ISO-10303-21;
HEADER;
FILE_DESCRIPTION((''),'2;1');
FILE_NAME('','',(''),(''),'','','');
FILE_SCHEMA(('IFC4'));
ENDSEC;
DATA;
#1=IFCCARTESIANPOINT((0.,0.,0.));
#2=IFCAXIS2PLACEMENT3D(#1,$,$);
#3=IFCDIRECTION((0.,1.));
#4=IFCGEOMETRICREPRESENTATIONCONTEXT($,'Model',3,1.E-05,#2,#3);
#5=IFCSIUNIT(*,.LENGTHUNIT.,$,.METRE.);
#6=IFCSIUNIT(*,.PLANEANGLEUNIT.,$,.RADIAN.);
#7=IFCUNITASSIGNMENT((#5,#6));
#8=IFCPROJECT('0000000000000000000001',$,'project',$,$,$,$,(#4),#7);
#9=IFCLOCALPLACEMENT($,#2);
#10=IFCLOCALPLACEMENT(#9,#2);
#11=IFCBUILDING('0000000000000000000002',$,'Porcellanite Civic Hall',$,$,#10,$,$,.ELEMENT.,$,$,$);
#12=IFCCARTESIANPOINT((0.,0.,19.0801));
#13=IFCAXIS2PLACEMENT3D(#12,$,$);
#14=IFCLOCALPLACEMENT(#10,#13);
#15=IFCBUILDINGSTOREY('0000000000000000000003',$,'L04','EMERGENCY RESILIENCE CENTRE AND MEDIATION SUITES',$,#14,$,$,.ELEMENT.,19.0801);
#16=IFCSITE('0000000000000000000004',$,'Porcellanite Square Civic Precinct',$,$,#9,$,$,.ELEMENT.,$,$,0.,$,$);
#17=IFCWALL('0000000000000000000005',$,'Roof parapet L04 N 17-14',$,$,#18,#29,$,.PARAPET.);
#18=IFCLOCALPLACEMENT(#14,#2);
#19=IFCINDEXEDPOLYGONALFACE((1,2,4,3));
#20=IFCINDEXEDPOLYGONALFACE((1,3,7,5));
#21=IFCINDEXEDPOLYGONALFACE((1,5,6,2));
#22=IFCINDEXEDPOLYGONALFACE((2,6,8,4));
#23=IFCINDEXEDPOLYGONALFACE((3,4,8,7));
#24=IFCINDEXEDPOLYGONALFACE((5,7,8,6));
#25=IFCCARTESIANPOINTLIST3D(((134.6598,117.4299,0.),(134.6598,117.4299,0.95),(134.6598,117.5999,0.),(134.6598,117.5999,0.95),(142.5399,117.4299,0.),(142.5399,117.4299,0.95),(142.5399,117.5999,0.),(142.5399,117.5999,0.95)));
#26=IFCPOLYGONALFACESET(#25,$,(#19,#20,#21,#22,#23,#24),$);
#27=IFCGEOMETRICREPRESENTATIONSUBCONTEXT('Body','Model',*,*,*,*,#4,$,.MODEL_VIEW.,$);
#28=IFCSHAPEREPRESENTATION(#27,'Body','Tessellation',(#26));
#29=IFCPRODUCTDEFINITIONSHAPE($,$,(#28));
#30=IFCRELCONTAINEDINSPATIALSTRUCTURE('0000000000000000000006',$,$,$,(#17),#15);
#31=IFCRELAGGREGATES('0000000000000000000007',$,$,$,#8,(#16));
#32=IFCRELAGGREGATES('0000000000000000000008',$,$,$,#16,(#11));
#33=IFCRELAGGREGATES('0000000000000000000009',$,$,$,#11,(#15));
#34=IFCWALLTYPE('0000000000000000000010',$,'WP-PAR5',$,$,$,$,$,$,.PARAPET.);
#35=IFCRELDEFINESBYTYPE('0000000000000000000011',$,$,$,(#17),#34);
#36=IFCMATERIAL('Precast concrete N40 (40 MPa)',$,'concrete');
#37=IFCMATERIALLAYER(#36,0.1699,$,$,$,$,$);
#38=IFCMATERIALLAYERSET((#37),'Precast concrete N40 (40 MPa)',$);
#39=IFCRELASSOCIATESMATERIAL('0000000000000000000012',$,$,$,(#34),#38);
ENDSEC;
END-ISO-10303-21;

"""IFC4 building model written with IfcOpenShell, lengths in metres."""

from ifc_helpers import new_model, si_unit, direction, frame, frame_2d, origin, place, context, subcontext, project, spatial, rectangle, extrude, material, layer, layer_set, type_object, element, save


model = new_model("IFC4")

# Units and contexts
model_context = context("Model", 3, precision=1e-05, world=origin(), true_north=direction((0.0, 1.0)))
body_context = subcontext(model_context, "Body", "Model", "MODEL_VIEW")
ifc_project = project(units=[si_unit("LENGTHUNIT", "METRE"), si_unit("PLANEANGLEUNIT", "RADIAN")], contexts=[model_context])

# Site, building, storey
site_placement = place(None, origin())
site = spatial("IfcSite", under=ifc_project, at=site_placement, Name="Porcellanite Square Civic Precinct", CompositionType="ELEMENT", RefElevation=0.0)
building_placement = place(site_placement, origin())
building = spatial("IfcBuilding", under=site, at=building_placement, Name="Porcellanite Civic Hall", CompositionType="ELEMENT")
storey_placement = place(building_placement, frame((0.0, 0.0, 19.0801)))
storey = spatial("IfcBuildingStorey", under=building, at=storey_placement, Name="L04", Description="EMERGENCY RESILIENCE CENTRE AND MEDIATION SUITES", CompositionType="ELEMENT", Elevation=19.0801)

# Wall
ifc_material_1 = material(Name="Precast concrete N40 (40 MPa)", Category="concrete")
ifc_layer_1 = layer(ifc_material_1, 0.1699)
ifc_layer_set_1 = layer_set([ifc_layer_1], Name="Precast concrete N40 (40 MPa)")
wall_type_1 = type_object("IfcWallType", Name="WP-PAR5", PredefinedType="PARAPET", material=ifc_layer_set_1)
wall_1_placement = place(storey_placement, frame((134.6599, 117.5149, 0.0), z_axis=(0.0, 0.0, 1.0), x_axis=(1.0, 0.0, 0.0)))
element("IfcWall", 1, at=wall_1_placement, inside=storey, type_object=wall_type_1, Name="Roof parapet L04 N 17-14", PredefinedType="PARAPET", context=body_context, shape_type="SweptSolid", body=[
    extrude(rectangle(XDim=7.8801, YDim=0.1699, at=frame_2d((3.9399, 0.0))), origin(), (0.0, 0.0, 1.0), 0.95),
])

save(model, "model.ifc")
